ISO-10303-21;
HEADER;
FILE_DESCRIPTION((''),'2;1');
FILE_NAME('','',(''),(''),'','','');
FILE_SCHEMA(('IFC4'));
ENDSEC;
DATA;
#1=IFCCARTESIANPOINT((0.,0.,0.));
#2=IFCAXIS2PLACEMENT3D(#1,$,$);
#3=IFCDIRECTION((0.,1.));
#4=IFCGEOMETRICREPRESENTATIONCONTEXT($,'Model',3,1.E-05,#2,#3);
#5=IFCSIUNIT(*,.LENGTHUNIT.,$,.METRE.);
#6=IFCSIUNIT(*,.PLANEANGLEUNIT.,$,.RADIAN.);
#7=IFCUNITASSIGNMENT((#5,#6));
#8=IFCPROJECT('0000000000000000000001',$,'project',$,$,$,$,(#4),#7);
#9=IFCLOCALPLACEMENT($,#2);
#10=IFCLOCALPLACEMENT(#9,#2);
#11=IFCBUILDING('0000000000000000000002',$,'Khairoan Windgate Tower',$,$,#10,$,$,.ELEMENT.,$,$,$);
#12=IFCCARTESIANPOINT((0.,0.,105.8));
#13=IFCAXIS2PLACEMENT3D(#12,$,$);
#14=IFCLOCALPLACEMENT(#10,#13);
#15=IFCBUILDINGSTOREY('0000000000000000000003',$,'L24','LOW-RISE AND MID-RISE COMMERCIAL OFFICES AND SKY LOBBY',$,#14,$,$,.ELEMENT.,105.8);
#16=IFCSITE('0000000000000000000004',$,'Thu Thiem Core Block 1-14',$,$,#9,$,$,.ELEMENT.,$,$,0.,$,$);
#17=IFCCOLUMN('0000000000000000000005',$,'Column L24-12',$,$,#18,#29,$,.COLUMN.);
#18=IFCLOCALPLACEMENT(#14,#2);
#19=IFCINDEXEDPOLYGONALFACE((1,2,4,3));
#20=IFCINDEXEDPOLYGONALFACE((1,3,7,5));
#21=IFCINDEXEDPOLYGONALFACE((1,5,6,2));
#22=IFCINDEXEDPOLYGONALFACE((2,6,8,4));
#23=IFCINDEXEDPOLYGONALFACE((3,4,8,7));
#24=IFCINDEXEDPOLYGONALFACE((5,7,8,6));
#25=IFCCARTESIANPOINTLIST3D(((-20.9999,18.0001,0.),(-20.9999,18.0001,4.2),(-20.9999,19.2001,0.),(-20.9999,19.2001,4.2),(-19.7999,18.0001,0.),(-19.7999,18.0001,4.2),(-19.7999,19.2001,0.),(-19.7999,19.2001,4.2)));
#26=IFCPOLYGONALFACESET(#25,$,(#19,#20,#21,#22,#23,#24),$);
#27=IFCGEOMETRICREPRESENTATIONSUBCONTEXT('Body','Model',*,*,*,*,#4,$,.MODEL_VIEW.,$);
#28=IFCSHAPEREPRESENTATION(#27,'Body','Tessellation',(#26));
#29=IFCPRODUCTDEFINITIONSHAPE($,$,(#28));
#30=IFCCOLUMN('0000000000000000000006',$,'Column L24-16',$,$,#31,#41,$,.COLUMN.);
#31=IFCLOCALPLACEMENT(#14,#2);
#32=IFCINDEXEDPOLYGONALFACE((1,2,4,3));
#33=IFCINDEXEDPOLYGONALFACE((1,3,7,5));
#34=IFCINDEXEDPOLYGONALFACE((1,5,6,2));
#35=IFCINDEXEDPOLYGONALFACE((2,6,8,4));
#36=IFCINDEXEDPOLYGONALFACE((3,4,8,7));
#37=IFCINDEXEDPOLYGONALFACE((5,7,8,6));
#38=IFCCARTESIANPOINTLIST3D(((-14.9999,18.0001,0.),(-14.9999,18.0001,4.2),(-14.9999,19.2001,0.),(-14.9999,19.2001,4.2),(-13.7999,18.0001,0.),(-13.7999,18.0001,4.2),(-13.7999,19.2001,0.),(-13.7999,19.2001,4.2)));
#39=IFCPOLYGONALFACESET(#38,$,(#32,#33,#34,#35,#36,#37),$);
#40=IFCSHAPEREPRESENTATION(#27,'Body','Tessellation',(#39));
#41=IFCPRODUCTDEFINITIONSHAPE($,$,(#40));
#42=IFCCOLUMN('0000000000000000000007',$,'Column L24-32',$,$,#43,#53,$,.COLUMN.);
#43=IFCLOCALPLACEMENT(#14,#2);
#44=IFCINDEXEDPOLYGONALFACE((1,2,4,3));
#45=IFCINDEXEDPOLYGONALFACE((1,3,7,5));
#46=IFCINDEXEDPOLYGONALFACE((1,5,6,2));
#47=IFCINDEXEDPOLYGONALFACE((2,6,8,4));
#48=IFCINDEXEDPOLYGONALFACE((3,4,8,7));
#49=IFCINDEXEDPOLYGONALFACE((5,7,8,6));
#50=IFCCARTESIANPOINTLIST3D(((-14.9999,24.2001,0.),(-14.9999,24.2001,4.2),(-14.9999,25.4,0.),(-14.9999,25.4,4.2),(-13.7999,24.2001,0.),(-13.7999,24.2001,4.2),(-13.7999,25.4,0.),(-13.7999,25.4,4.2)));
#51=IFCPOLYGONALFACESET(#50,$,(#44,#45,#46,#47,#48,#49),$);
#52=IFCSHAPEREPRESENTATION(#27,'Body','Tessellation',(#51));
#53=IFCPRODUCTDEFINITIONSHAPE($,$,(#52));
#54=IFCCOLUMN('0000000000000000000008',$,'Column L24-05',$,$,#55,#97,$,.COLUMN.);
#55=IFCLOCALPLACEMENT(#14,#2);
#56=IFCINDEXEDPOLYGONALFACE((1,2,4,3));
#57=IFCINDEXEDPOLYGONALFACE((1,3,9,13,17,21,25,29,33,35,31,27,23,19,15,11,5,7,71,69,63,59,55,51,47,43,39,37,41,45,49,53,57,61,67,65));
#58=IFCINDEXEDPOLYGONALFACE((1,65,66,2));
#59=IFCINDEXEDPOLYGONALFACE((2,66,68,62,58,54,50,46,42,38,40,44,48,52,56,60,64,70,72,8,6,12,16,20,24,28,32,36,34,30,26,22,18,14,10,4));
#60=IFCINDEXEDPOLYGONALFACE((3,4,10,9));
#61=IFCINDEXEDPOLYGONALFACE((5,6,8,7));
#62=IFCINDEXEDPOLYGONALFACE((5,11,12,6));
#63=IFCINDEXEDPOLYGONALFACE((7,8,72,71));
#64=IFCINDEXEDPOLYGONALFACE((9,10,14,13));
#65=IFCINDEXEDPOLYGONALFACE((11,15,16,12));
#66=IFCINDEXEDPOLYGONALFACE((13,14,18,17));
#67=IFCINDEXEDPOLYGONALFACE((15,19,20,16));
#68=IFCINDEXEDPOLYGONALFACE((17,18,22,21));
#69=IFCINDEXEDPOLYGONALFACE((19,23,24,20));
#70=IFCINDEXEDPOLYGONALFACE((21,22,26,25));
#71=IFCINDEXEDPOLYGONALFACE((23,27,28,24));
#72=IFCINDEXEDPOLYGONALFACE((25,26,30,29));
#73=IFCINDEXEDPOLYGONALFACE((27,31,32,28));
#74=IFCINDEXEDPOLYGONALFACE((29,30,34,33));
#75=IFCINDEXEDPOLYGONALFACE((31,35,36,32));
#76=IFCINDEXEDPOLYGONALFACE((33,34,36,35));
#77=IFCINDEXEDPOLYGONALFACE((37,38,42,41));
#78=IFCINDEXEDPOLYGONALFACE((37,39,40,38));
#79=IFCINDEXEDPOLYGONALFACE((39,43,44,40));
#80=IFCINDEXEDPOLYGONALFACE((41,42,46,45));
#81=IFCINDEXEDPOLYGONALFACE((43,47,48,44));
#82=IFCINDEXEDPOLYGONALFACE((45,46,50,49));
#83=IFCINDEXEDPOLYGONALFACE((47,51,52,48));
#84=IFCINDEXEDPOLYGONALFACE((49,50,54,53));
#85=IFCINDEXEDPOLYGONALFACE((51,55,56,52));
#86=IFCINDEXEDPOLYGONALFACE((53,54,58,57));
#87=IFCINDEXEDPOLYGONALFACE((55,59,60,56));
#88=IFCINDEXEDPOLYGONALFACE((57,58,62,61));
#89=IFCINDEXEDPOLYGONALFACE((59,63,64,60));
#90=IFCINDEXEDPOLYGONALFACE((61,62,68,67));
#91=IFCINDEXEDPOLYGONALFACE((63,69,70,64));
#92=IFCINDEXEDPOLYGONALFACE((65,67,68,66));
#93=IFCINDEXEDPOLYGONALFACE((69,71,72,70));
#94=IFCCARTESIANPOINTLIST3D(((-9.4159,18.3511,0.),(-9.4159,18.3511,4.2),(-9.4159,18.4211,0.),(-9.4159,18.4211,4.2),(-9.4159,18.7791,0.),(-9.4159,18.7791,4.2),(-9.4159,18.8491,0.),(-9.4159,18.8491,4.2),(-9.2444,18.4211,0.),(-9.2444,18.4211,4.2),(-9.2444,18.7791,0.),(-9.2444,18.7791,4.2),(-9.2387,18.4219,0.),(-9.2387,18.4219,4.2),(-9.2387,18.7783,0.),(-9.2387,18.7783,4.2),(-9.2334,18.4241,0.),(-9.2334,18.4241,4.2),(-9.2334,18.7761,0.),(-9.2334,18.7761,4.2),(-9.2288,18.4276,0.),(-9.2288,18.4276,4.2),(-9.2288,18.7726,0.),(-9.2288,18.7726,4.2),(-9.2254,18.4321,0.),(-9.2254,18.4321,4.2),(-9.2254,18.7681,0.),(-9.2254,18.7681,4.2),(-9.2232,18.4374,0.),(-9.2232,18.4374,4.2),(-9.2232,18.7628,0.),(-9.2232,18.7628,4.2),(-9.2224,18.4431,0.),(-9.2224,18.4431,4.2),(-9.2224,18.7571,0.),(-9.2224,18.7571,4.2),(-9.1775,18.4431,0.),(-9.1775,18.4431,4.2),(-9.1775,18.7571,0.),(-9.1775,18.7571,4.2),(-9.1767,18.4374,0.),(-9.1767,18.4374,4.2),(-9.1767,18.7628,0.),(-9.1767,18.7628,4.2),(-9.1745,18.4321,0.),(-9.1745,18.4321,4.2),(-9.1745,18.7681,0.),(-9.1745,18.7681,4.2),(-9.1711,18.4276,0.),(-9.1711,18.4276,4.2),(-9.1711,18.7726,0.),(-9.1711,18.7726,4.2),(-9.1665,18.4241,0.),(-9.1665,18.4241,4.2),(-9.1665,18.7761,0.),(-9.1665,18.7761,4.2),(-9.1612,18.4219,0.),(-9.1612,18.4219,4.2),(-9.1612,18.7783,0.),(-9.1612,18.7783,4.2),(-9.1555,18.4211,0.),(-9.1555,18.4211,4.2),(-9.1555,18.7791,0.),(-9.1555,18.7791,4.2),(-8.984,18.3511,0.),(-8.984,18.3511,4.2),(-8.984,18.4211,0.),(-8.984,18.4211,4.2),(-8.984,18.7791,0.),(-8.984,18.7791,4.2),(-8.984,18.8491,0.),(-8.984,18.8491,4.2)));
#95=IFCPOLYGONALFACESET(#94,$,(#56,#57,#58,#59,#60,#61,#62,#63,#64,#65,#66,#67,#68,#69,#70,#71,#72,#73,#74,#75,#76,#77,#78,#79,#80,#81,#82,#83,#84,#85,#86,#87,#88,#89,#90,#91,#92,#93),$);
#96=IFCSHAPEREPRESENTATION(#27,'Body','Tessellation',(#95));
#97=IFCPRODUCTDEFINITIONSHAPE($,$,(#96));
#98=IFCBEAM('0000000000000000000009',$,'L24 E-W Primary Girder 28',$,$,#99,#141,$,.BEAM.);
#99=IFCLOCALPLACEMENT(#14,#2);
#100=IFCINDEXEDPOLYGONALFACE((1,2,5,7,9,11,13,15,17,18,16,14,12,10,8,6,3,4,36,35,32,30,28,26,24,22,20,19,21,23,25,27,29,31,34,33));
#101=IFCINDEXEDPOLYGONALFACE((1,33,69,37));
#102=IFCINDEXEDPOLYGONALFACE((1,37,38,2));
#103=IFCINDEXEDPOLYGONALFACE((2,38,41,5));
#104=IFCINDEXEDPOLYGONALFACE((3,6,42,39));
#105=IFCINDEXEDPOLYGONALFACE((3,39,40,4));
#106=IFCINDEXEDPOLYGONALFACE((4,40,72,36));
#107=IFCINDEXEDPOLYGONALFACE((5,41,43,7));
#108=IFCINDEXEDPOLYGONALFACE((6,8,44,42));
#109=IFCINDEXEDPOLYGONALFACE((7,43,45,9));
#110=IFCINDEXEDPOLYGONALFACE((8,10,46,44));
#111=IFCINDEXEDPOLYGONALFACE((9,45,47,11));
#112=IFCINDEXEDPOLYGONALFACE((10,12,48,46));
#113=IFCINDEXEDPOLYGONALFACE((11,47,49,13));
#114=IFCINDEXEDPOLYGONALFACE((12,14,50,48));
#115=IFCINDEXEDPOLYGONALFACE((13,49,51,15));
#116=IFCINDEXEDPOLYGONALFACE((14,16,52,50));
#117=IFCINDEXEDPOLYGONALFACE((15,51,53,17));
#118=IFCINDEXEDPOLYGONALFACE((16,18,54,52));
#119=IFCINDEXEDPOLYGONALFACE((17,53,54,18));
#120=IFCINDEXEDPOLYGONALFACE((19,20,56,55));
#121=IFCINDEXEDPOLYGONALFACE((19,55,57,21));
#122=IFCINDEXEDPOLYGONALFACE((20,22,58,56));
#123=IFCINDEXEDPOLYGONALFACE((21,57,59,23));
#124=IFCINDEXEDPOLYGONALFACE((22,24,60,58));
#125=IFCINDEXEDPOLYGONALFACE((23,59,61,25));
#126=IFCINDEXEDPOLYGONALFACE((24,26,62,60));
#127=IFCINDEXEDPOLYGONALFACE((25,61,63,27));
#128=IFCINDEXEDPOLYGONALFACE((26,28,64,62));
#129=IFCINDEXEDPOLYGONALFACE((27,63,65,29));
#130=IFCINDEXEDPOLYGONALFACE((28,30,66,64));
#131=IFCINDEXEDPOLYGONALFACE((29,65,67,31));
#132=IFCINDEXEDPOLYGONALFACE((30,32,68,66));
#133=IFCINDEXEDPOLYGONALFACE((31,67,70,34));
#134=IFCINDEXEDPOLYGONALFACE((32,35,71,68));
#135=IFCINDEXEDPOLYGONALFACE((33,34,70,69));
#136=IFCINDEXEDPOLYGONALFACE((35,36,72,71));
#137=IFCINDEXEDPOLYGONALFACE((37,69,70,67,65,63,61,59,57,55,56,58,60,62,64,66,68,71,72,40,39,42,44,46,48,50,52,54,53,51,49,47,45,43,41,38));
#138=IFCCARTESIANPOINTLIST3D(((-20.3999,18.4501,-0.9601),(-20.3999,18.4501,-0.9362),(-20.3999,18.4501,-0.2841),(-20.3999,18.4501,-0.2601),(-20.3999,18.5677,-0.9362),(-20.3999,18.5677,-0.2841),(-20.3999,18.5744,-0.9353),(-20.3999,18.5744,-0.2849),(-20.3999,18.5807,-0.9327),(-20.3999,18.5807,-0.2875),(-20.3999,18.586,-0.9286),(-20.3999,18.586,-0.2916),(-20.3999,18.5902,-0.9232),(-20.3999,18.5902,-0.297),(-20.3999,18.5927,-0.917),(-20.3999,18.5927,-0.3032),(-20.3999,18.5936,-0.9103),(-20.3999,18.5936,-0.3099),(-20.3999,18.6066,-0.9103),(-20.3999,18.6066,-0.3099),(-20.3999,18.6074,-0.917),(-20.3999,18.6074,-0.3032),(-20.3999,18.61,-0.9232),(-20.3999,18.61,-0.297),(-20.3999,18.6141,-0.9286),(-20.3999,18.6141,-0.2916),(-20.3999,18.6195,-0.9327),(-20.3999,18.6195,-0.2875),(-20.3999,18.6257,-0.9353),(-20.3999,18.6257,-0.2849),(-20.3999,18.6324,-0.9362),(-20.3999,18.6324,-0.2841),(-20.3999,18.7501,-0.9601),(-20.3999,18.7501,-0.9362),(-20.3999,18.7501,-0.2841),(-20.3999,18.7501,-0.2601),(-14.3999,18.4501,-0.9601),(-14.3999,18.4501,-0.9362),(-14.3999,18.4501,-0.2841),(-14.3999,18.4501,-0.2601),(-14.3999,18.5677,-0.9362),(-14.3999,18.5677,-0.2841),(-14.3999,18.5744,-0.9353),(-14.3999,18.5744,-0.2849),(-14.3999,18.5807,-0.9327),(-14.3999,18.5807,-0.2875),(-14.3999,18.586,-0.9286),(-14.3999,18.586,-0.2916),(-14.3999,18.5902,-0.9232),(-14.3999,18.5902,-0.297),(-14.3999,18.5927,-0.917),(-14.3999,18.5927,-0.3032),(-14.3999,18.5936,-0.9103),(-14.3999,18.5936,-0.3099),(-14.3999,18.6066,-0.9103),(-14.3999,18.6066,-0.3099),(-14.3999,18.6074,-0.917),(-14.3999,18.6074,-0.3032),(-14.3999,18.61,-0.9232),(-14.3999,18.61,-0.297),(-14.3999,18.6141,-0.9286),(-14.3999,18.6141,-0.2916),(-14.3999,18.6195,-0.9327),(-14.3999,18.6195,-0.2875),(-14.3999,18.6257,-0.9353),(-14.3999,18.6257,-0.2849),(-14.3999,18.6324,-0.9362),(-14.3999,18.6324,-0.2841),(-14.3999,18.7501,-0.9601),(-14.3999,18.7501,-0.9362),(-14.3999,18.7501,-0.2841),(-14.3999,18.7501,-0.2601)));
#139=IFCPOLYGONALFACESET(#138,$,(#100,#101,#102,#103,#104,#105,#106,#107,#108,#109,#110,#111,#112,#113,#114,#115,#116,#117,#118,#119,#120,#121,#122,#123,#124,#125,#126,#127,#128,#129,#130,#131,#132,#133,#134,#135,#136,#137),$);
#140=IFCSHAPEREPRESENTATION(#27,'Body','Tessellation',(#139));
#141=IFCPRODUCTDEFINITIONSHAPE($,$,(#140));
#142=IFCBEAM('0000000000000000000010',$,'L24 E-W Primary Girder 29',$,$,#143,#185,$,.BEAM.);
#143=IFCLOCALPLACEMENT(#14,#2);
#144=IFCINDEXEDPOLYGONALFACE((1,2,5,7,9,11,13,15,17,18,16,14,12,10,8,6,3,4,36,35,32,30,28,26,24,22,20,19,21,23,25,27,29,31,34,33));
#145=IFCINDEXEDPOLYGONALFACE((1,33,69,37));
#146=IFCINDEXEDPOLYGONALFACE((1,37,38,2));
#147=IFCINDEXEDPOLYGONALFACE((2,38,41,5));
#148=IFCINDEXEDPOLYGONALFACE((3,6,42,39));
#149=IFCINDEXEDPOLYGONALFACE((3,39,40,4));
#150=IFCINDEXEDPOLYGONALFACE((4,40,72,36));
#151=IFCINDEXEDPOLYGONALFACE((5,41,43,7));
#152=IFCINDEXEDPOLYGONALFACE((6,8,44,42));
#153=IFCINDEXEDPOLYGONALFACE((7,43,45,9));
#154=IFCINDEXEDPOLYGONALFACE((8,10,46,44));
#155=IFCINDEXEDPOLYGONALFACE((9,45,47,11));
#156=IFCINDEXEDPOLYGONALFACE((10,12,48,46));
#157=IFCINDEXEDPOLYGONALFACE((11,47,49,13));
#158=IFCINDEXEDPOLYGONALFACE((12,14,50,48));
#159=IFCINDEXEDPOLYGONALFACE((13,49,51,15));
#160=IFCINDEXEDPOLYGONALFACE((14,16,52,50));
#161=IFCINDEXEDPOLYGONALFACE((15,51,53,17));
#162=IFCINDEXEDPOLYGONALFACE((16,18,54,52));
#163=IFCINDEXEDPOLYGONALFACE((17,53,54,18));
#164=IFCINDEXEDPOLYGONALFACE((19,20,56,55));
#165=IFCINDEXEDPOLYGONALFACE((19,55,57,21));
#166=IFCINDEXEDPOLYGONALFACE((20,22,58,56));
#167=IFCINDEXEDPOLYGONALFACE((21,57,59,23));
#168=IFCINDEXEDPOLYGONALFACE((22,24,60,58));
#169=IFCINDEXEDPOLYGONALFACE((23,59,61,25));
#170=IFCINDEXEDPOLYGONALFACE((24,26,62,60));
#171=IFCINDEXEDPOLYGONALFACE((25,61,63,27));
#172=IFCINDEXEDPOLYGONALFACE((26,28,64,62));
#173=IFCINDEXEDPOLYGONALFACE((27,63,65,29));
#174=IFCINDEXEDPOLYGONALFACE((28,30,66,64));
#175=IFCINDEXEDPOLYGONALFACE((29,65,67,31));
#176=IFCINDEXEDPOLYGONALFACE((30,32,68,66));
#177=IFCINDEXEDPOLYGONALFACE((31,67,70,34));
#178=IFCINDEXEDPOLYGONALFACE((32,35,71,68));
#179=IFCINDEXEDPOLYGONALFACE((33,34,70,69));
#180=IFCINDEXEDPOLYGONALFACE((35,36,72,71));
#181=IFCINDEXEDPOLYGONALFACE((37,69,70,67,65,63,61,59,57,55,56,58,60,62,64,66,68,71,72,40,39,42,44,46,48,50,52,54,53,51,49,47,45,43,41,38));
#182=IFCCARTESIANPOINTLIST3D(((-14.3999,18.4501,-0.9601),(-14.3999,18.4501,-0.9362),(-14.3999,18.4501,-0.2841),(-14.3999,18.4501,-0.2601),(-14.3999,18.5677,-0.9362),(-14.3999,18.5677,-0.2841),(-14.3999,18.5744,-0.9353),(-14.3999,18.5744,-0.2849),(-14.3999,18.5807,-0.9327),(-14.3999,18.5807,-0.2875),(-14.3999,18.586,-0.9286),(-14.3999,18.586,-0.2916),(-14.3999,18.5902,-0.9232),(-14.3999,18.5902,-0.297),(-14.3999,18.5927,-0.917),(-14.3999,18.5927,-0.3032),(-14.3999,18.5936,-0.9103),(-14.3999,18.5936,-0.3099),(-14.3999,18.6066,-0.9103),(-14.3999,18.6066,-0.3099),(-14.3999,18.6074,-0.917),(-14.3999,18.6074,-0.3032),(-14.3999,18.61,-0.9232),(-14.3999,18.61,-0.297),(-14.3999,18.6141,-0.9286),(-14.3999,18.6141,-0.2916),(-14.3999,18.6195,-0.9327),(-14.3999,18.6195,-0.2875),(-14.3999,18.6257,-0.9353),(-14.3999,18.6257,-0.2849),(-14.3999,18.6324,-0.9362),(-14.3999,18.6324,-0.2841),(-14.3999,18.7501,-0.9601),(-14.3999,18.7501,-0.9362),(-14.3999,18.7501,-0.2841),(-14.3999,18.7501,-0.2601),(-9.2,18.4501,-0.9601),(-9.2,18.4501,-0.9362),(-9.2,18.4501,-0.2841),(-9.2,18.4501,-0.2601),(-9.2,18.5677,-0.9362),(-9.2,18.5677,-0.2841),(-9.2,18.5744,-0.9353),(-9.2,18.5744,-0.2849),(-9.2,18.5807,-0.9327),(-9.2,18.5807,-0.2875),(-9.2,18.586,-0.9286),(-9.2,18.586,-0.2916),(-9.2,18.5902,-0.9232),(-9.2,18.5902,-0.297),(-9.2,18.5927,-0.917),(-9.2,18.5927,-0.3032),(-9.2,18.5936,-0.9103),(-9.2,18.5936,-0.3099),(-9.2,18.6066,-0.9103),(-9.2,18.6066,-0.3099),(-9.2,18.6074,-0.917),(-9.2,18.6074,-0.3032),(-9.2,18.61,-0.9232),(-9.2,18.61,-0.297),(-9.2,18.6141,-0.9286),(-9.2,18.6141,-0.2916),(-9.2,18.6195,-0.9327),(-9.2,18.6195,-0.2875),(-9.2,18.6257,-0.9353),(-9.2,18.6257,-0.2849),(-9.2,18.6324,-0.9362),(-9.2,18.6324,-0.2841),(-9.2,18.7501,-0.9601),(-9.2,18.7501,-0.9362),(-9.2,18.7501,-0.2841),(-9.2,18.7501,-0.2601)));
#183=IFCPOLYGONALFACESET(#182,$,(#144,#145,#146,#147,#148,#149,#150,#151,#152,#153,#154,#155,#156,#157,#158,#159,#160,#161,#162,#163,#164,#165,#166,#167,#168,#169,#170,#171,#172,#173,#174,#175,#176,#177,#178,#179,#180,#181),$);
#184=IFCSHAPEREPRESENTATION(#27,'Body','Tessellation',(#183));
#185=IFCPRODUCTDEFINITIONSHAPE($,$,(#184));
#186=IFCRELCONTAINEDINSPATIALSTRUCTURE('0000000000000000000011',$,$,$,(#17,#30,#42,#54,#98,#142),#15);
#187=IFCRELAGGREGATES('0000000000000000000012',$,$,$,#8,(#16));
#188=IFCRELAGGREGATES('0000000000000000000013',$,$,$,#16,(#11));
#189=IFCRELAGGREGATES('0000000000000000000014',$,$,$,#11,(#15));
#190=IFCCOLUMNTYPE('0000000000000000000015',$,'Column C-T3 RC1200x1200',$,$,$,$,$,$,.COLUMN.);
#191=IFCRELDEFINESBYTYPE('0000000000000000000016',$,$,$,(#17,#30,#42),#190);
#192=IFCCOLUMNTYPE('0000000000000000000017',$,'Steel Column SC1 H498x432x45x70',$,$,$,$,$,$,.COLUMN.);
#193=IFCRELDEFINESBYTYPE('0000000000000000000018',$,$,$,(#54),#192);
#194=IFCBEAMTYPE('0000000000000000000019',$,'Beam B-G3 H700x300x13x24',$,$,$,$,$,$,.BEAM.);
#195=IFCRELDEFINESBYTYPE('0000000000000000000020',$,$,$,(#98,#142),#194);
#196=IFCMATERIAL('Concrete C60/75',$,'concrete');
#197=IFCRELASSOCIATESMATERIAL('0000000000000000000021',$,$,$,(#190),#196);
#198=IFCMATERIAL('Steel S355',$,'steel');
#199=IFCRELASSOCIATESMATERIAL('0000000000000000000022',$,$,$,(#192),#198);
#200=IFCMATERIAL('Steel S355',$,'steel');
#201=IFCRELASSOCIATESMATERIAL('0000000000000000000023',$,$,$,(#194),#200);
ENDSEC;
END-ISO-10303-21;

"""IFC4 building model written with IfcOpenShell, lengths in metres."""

from ifc_helpers import new_model, si_unit, direction, frame, origin, origin_2d, place, context, subcontext, project, spatial, rectangle, i_section, extrude, material, material_profile, profile_set, type_object, element, save


model = new_model("IFC4")

# Units and contexts
model_context = context("Model", 3, precision=1e-05, world=origin(), true_north=direction((0.0, 1.0)))
body_context = subcontext(model_context, "Body", "Model", "MODEL_VIEW")
ifc_project = project(units=[si_unit("LENGTHUNIT", "METRE"), si_unit("PLANEANGLEUNIT", "RADIAN")], contexts=[model_context])

# Site, building, storey
site_placement = place(None, origin())
site = spatial("IfcSite", under=ifc_project, at=site_placement, Name="Thu Thiem Core Block 1-14", CompositionType="ELEMENT", RefElevation=0.0)
building_placement = place(site_placement, origin())
building = spatial("IfcBuilding", under=site, at=building_placement, Name="Khairoan Windgate Tower", CompositionType="ELEMENT")
storey_placement = place(building_placement, frame((0.0, 0.0, 105.8)))
storey = spatial("IfcBuildingStorey", under=building, at=storey_placement, Name="L24", Description="LOW-RISE AND MID-RISE COMMERCIAL OFFICES AND SKY LOBBY", CompositionType="ELEMENT", Elevation=105.8)

# Columns
ifc_material_1 = material(Name="Concrete C60/75", Category="concrete")
ifc_material_profile_1 = material_profile(ifc_material_1, rectangle(XDim=1.2, YDim=1.2, at=origin_2d()))
ifc_profile_set_1 = profile_set([ifc_material_profile_1], Name="Concrete C60/75")
column_type_1 = type_object("IfcColumnType", Name="Column C-T3 RC1200x1200", PredefinedType="COLUMN", material=ifc_profile_set_1)
for number, where, z_axis, x_axis, name in (
    (1, (-20.3999, 18.6001, 0.0), (0.0, 0.0, 1.0), (1.0, 0.0, 0.0), "Column L24-12"),
    (2, (-14.3999, 18.6001, 0.0), (0.0, 0.0, 1.0), (1.0, 0.0, 0.0), "Column L24-16"),
    (3, (-14.3999, 24.8, 0.0), (0.0, 0.0, 1.0), (1.0, 0.0, 0.0), "Column L24-32"),
):
    element("IfcColumn", number, at=place(storey_placement, frame(where, z_axis=z_axis, x_axis=x_axis)), inside=storey, type_object=column_type_1, Name=name, PredefinedType="COLUMN", context=body_context, shape_type="SweptSolid", body=[
        extrude(rectangle(XDim=1.2, YDim=1.2, at=origin_2d()), origin(), (0.0, 0.0, 1.0), 4.2),
    ])
ifc_material_2 = material(Name="Steel S355", Category="steel")
ifc_material_profile_2 = material_profile(ifc_material_2, i_section(OverallWidth=0.4319, OverallDepth=0.498, WebThickness=0.0449, FlangeThickness=0.0701, FilletRadius=0.022, at=origin_2d()))
ifc_profile_set_2 = profile_set([ifc_material_profile_2], Name="Steel S355")
column_type_2 = type_object("IfcColumnType", Name="Steel Column SC1 H498x432x45x70", PredefinedType="COLUMN", material=ifc_profile_set_2)
column_placement = place(storey_placement, frame((-9.2, 18.6001, 0.0), z_axis=(0.0, 0.0, 1.0), x_axis=(1.0, 0.0, 0.0)))
element("IfcColumn", 4, at=column_placement, inside=storey, type_object=column_type_2, Name="Column L24-05", PredefinedType="COLUMN", context=body_context, shape_type="SweptSolid", body=[
    extrude(i_section(OverallWidth=0.4319, OverallDepth=0.498, WebThickness=0.0449, FlangeThickness=0.0701, FilletRadius=0.022, at=origin_2d()), origin(), (0.0, 0.0, 1.0), 4.2),
])

# Beams
ifc_material_3 = material(Name="Steel S355", Category="steel")
ifc_material_profile_3 = material_profile(ifc_material_3, i_section(OverallWidth=0.3, OverallDepth=0.7, WebThickness=0.0129, FlangeThickness=0.0239, FilletRadius=0.0259, at=origin_2d()))
ifc_profile_set_3 = profile_set([ifc_material_profile_3], Name="Steel S355")
beam_type_1 = type_object("IfcBeamType", Name="Beam B-G3 H700x300x13x24", PredefinedType="BEAM", material=ifc_profile_set_3)
beam_1_placement = place(storey_placement, frame((-20.3999, 18.6001, -0.6101), z_axis=(1.0, 0.0, 0.0), x_axis=(0.0, 1.0, 0.0)))
element("IfcBeam", 5, at=beam_1_placement, inside=storey, type_object=beam_type_1, Name="L24 E-W Primary Girder 28", PredefinedType="BEAM", context=body_context, shape_type="SweptSolid", body=[
    extrude(i_section(OverallWidth=0.3, OverallDepth=0.7, WebThickness=0.0129, FlangeThickness=0.0239, FilletRadius=0.0259, at=origin_2d()), origin(), (0.0, 0.0, 1.0), 6.0),
])
beam_2_placement = place(storey_placement, frame((-14.3999, 18.6001, -0.6101), z_axis=(1.0, 0.0, 0.0), x_axis=(0.0, 1.0, 0.0)))
element("IfcBeam", 6, at=beam_2_placement, inside=storey, type_object=beam_type_1, Name="L24 E-W Primary Girder 29", PredefinedType="BEAM", context=body_context, shape_type="SweptSolid", body=[
    extrude(i_section(OverallWidth=0.3, OverallDepth=0.7, WebThickness=0.0129, FlangeThickness=0.0239, FilletRadius=0.0259, at=origin_2d()), origin(), (0.0, 0.0, 1.0), 5.2),
])

save(model, "model.ifc")
